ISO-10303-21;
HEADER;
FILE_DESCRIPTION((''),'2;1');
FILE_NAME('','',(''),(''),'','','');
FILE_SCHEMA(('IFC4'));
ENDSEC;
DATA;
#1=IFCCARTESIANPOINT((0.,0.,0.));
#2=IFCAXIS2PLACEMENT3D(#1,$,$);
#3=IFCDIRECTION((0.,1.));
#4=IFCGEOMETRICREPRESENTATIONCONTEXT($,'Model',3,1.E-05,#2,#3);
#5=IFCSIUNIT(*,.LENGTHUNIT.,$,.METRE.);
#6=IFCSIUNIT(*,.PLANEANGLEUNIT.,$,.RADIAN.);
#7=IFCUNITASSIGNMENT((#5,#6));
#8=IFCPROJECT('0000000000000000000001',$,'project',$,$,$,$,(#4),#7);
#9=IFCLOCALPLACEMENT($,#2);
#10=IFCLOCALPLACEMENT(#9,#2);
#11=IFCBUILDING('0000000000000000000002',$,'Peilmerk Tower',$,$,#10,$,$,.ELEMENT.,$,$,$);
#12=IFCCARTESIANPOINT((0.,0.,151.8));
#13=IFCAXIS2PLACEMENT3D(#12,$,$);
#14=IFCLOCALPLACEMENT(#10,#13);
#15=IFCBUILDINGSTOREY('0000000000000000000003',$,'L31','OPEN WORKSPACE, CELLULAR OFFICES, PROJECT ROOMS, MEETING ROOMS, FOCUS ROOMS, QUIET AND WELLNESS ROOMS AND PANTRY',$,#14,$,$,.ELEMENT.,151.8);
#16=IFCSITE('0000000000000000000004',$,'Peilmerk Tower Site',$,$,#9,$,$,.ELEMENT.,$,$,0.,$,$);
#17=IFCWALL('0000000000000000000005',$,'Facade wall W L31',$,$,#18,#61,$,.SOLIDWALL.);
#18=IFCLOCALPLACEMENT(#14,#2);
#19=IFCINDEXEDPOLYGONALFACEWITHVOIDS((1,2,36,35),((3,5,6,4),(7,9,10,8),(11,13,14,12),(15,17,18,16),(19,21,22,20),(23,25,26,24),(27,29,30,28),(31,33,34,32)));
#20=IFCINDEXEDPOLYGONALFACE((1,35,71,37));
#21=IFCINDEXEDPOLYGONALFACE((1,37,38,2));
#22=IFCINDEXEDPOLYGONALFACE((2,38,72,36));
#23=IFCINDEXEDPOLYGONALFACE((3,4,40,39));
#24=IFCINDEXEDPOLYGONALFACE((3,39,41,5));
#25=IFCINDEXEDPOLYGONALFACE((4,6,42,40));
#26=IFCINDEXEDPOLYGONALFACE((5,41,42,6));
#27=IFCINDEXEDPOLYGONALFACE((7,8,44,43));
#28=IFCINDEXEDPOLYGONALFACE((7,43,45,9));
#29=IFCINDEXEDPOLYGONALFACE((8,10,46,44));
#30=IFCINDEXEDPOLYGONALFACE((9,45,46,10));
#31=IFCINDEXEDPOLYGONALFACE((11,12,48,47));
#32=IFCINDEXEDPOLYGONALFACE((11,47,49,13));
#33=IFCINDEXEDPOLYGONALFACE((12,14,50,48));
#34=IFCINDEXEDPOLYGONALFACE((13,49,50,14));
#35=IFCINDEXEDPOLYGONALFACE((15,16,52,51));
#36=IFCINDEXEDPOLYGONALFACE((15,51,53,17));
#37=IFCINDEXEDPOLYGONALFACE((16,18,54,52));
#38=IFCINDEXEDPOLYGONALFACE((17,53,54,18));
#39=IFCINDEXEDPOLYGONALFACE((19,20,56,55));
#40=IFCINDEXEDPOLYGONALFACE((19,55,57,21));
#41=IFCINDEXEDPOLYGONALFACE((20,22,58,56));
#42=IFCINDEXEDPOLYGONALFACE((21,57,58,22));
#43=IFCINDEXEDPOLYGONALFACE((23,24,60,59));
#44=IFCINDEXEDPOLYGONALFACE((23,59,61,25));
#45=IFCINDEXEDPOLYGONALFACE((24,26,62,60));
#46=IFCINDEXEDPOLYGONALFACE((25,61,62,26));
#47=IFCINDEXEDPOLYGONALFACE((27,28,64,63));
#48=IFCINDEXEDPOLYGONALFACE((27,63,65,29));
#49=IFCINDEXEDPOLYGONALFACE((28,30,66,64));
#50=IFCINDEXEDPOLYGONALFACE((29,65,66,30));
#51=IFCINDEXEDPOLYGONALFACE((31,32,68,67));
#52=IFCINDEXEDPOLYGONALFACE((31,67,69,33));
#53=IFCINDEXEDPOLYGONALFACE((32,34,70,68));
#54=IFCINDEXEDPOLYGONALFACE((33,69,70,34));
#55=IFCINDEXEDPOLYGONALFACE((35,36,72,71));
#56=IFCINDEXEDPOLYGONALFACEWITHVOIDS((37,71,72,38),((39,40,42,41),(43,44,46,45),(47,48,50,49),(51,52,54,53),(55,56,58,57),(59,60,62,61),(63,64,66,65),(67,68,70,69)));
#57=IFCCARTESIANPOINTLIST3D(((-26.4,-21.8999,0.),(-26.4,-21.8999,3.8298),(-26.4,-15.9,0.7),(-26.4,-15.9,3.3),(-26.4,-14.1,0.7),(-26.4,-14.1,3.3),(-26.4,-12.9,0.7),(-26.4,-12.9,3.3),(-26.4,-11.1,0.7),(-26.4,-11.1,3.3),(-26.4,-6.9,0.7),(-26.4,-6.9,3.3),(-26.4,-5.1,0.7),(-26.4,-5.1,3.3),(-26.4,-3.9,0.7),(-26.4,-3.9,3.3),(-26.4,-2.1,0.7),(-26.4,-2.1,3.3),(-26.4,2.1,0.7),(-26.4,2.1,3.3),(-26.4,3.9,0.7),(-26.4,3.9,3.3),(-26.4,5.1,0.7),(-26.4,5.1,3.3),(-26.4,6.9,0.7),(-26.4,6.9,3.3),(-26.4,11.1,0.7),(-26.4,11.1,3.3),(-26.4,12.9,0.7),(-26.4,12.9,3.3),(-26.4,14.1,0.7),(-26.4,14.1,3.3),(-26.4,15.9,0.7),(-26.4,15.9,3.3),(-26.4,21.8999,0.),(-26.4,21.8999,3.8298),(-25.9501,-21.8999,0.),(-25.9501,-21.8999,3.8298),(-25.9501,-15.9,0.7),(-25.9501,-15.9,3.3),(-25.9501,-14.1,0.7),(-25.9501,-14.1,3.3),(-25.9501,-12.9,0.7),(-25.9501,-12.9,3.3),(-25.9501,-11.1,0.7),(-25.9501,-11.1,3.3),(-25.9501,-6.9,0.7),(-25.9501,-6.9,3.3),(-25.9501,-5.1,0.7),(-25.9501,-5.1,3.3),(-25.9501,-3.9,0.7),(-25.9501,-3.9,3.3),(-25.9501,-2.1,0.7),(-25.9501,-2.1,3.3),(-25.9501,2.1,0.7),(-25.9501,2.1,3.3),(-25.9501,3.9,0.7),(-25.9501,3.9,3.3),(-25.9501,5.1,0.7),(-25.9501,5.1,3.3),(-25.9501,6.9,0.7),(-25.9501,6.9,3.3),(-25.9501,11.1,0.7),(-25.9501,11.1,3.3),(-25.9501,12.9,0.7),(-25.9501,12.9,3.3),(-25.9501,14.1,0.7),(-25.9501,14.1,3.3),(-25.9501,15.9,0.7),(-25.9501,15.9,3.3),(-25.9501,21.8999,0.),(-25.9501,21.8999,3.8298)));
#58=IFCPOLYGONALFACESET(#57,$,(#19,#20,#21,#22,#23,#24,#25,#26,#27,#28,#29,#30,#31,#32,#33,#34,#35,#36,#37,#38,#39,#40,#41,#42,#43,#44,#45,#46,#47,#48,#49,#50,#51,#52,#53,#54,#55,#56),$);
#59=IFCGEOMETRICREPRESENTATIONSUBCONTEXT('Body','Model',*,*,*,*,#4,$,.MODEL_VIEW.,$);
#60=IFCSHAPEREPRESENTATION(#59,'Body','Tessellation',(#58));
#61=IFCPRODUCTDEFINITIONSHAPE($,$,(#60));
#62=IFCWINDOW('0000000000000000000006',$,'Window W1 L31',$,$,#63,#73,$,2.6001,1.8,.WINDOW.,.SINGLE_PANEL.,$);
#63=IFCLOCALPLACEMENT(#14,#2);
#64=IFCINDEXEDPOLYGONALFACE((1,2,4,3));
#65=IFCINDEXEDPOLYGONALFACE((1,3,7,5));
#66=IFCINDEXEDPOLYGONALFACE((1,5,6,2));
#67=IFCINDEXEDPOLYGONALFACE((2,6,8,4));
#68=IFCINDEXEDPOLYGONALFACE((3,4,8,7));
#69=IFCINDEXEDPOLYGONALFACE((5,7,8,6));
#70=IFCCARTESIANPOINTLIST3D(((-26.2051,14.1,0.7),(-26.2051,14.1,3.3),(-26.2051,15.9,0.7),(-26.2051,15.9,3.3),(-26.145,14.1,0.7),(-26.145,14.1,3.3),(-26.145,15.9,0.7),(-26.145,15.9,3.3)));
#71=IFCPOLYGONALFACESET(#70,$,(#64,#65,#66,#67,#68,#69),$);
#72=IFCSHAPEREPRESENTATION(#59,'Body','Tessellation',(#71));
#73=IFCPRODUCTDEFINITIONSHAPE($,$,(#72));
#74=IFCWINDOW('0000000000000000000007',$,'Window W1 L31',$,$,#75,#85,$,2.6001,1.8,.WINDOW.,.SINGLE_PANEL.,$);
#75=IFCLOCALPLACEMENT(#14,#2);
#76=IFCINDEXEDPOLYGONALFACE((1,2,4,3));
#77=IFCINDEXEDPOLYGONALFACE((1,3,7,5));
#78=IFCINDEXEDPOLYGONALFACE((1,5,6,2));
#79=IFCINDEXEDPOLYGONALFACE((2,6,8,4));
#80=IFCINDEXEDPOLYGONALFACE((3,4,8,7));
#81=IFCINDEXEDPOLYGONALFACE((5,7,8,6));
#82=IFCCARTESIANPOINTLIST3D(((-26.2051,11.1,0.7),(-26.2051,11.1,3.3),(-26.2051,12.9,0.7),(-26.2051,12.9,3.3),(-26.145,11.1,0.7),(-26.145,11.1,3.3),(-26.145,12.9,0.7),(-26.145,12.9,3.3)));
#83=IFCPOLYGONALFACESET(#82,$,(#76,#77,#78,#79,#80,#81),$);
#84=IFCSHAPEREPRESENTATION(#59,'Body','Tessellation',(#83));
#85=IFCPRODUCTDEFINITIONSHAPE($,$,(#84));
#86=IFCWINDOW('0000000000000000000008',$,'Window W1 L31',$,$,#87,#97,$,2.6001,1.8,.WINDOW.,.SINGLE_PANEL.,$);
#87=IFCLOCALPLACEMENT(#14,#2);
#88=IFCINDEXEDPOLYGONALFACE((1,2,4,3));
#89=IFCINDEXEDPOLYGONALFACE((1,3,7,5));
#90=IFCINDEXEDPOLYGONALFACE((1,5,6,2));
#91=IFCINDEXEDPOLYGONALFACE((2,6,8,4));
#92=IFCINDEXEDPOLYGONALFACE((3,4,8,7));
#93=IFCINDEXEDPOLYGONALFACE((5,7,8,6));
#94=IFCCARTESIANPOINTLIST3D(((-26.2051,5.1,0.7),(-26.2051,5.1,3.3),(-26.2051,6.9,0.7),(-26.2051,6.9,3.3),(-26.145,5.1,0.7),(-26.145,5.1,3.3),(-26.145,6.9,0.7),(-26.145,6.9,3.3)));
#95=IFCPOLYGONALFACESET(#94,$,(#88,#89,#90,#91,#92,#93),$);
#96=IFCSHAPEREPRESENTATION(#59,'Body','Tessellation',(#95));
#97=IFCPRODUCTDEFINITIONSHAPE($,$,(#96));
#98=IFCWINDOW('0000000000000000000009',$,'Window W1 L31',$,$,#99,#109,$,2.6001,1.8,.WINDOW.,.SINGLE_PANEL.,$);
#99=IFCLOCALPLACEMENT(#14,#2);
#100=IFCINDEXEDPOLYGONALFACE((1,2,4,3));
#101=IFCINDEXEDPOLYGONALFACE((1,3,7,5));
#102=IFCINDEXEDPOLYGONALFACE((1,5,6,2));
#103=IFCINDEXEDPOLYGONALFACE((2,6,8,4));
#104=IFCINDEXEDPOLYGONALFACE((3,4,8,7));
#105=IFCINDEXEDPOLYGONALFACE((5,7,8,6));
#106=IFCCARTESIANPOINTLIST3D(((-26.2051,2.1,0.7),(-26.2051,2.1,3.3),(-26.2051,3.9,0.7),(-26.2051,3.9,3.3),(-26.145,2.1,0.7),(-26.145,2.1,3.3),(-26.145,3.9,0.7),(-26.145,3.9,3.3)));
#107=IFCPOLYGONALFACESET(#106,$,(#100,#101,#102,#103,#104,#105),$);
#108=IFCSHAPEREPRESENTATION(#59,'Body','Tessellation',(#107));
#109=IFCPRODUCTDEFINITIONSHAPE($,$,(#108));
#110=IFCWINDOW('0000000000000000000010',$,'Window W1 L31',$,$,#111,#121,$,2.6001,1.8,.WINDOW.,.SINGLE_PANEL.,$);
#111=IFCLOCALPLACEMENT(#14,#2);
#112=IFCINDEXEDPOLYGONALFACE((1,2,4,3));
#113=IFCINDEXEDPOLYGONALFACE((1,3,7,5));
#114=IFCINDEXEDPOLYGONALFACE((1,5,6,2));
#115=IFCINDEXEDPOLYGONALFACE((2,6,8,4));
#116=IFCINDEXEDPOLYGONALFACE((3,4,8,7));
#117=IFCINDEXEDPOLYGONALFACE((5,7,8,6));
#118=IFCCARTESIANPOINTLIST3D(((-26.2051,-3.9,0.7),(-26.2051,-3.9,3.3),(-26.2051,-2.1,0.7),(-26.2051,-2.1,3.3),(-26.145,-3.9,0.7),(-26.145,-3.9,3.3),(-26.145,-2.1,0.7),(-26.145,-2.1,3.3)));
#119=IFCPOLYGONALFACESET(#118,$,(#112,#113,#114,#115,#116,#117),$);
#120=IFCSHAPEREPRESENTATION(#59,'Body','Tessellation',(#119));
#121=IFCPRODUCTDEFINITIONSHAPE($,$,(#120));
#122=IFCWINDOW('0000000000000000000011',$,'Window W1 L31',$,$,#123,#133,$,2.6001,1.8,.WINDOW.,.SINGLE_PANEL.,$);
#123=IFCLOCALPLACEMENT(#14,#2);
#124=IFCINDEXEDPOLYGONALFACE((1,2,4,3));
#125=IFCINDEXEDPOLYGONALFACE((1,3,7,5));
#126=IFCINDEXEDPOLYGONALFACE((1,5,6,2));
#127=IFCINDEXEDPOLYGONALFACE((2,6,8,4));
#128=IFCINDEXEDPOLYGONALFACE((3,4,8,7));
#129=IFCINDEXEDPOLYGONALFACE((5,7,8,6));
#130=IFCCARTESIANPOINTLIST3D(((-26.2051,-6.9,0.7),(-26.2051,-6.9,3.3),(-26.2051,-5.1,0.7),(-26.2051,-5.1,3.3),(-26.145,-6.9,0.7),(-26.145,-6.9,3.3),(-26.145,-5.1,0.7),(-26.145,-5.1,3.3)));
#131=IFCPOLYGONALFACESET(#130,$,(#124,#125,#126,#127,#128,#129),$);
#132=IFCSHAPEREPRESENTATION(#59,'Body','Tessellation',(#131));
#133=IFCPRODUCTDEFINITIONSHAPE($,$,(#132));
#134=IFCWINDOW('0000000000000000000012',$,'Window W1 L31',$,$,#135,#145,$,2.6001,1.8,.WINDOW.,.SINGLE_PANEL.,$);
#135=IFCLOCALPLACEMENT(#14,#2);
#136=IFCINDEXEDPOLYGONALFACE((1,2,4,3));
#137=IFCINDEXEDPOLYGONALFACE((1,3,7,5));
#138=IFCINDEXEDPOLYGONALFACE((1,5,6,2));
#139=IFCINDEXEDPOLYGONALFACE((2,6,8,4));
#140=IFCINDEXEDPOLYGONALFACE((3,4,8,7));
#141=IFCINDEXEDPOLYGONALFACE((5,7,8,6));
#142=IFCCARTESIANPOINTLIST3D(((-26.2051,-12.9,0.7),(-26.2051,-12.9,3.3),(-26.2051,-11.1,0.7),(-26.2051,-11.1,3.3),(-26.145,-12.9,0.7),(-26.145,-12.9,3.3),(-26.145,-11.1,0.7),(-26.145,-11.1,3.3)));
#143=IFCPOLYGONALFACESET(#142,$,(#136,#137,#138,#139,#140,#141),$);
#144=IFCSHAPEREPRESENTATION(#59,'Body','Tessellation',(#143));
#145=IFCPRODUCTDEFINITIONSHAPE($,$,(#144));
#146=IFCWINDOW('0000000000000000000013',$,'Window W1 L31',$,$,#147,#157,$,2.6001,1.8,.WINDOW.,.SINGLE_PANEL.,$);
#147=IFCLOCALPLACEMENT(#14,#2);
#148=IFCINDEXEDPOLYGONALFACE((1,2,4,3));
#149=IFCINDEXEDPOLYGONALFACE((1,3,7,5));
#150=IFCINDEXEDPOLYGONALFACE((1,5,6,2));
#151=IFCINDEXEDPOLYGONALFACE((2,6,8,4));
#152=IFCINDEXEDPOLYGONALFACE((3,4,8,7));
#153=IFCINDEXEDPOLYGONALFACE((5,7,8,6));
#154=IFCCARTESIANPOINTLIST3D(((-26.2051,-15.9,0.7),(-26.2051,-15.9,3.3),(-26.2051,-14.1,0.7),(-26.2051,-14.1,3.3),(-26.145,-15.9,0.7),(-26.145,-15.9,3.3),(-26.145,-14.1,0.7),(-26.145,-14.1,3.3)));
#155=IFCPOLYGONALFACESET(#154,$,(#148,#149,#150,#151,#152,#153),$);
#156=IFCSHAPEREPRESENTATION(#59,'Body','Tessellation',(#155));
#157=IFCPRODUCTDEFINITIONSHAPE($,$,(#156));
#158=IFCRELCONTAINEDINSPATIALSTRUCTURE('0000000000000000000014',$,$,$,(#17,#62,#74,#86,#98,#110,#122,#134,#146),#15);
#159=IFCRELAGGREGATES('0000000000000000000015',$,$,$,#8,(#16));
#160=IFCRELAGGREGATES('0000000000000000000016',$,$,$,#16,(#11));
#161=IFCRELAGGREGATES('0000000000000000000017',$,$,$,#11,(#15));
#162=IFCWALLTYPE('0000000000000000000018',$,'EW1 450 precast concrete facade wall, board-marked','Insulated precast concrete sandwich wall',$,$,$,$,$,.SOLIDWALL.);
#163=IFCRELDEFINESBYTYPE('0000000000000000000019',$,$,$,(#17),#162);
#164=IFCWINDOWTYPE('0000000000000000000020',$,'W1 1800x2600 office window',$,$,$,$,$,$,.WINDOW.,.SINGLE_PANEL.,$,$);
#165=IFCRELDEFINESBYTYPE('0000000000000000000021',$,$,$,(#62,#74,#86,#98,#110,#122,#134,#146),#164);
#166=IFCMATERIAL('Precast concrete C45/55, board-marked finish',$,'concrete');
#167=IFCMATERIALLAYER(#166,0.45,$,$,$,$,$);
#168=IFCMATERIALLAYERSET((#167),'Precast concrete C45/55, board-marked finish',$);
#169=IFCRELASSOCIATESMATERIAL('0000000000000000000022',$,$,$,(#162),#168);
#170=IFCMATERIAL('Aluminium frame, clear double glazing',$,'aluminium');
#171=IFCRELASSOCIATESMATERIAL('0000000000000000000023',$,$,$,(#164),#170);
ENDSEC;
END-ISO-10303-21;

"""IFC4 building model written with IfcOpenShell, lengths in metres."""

from ifc_helpers import new_model, si_unit, direction, frame, frame_2d, origin, place, context, subcontext, project, spatial, rectangle, extrude, material, layer, layer_set, type_object, element, fill, save


model = new_model("IFC4")

# Units and contexts
model_context = context("Model", 3, precision=1e-05, world=origin(), true_north=direction((0.0, 1.0)))
body_context = subcontext(model_context, "Body", "Model", "MODEL_VIEW")
ifc_project = project(units=[si_unit("LENGTHUNIT", "METRE"), si_unit("PLANEANGLEUNIT", "RADIAN")], contexts=[model_context])

# Site, building, storey
site_placement = place(None, origin())
site = spatial("IfcSite", under=ifc_project, at=site_placement, Name="Peilmerk Tower Site", CompositionType="ELEMENT", RefElevation=0.0)
building_placement = place(site_placement, origin())
building = spatial("IfcBuilding", under=site, at=building_placement, Name="Peilmerk Tower", CompositionType="ELEMENT")
storey_placement = place(building_placement, frame((0.0, 0.0, 151.8)))
storey = spatial("IfcBuildingStorey", under=building, at=storey_placement, Name="L31", Description="OPEN WORKSPACE, CELLULAR OFFICES, PROJECT ROOMS, MEETING ROOMS, FOCUS ROOMS, QUIET AND WELLNESS ROOMS AND PANTRY", CompositionType="ELEMENT", Elevation=151.8)

# Wall, openings, windows
ifc_material_1 = material(Name="Precast concrete C45/55, board-marked finish", Category="concrete")
ifc_layer_1 = layer(ifc_material_1, 0.45)
ifc_layer_set_1 = layer_set([ifc_layer_1], Name="Precast concrete C45/55, board-marked finish")
wall_type = type_object("IfcWallType", Name="EW1 450 precast concrete facade wall, board-marked", Description="Insulated precast concrete sandwich wall", PredefinedType="SOLIDWALL", material=ifc_layer_set_1)
wall_1_placement = place(storey_placement, frame((-26.175, 21.8999, 0.0), z_axis=(0.0, 0.0, 1.0), x_axis=(0.0, -1.0, 0.0)))
wall_1 = element("IfcWall", 1, at=wall_1_placement, inside=storey, type_object=wall_type, Name="Facade wall W L31", PredefinedType="SOLIDWALL", context=body_context, shape_type="SweptSolid", body=[
    extrude(rectangle(XDim=43.7998, YDim=0.45, at=frame_2d((21.8999, 0.0))), origin(), (0.0, 0.0, 1.0), 3.8298),
])
opening_1_placement = place(wall_1_placement, frame((6.0, 0.0, 0.7)))
opening_1 = element("IfcOpeningElement", 2, at=opening_1_placement, cuts=wall_1, PredefinedType="OPENING", context=body_context, shape_type="SweptSolid", body=[
    extrude(rectangle(XDim=1.8, YDim=2.6001, at=frame_2d((0.8999, 1.3))), frame((0.0, 0.2349, 0.0), z_axis=(0.0, -1.0, 0.0), x_axis=(1.0, 0.0, 0.0)), (0.0, 0.0, 1.0), 0.47),
])
opening_2_placement = place(wall_1_placement, frame((9.0, 0.0, 0.7)))
opening_2 = element("IfcOpeningElement", 3, at=opening_2_placement, cuts=wall_1, PredefinedType="OPENING", context=body_context, shape_type="SweptSolid", body=[
    extrude(rectangle(XDim=1.8, YDim=2.6001, at=frame_2d((0.8999, 1.3))), frame((0.0, 0.2349, 0.0), z_axis=(0.0, -1.0, 0.0), x_axis=(1.0, 0.0, 0.0)), (0.0, 0.0, 1.0), 0.47),
])
opening_3_placement = place(wall_1_placement, frame((15.0, 0.0, 0.7)))
opening_3 = element("IfcOpeningElement", 4, at=opening_3_placement, cuts=wall_1, PredefinedType="OPENING", context=body_context, shape_type="SweptSolid", body=[
    extrude(rectangle(XDim=1.8, YDim=2.6001, at=frame_2d((0.8999, 1.3))), frame((0.0, 0.2349, 0.0), z_axis=(0.0, -1.0, 0.0), x_axis=(1.0, 0.0, 0.0)), (0.0, 0.0, 1.0), 0.47),
])
opening_4_placement = place(wall_1_placement, frame((18.0, 0.0, 0.7)))
opening_4 = element("IfcOpeningElement", 5, at=opening_4_placement, cuts=wall_1, PredefinedType="OPENING", context=body_context, shape_type="SweptSolid", body=[
    extrude(rectangle(XDim=1.8, YDim=2.6001, at=frame_2d((0.8999, 1.3))), frame((0.0, 0.2349, 0.0), z_axis=(0.0, -1.0, 0.0), x_axis=(1.0, 0.0, 0.0)), (0.0, 0.0, 1.0), 0.47),
])
opening_5_placement = place(wall_1_placement, frame((24.0, 0.0, 0.7)))
opening_5 = element("IfcOpeningElement", 6, at=opening_5_placement, cuts=wall_1, PredefinedType="OPENING", context=body_context, shape_type="SweptSolid", body=[
    extrude(rectangle(XDim=1.8, YDim=2.6001, at=frame_2d((0.8999, 1.3))), frame((0.0, 0.2349, 0.0), z_axis=(0.0, -1.0, 0.0), x_axis=(1.0, 0.0, 0.0)), (0.0, 0.0, 1.0), 0.47),
])
opening_6_placement = place(wall_1_placement, frame((27.0, 0.0, 0.7)))
opening_6 = element("IfcOpeningElement", 7, at=opening_6_placement, cuts=wall_1, PredefinedType="OPENING", context=body_context, shape_type="SweptSolid", body=[
    extrude(rectangle(XDim=1.8, YDim=2.6001, at=frame_2d((0.8999, 1.3))), frame((0.0, 0.2349, 0.0), z_axis=(0.0, -1.0, 0.0), x_axis=(1.0, 0.0, 0.0)), (0.0, 0.0, 1.0), 0.47),
])
opening_7_placement = place(wall_1_placement, frame((33.0, 0.0, 0.7)))
opening_7 = element("IfcOpeningElement", 8, at=opening_7_placement, cuts=wall_1, PredefinedType="OPENING", context=body_context, shape_type="SweptSolid", body=[
    extrude(rectangle(XDim=1.8, YDim=2.6001, at=frame_2d((0.8999, 1.3))), frame((0.0, 0.2349, 0.0), z_axis=(0.0, -1.0, 0.0), x_axis=(1.0, 0.0, 0.0)), (0.0, 0.0, 1.0), 0.47),
])
opening_8_placement = place(wall_1_placement, frame((36.0, 0.0, 0.7)))
opening_8 = element("IfcOpeningElement", 9, at=opening_8_placement, cuts=wall_1, PredefinedType="OPENING", context=body_context, shape_type="SweptSolid", body=[
    extrude(rectangle(XDim=1.8, YDim=2.6001, at=frame_2d((0.8999, 1.3))), frame((0.0, 0.2349, 0.0), z_axis=(0.0, -1.0, 0.0), x_axis=(1.0, 0.0, 0.0)), (0.0, 0.0, 1.0), 0.47),
])
ifc_material_2 = material(Name="Aluminium frame, clear double glazing", Category="aluminium")
window_type = type_object("IfcWindowType", Name="W1 1800x2600 office window", PartitioningType="SINGLE_PANEL", PredefinedType="WINDOW", material=ifc_material_2)
window_1_placement = place(opening_1_placement, origin())
window_1 = element("IfcWindow", 10, at=window_1_placement, inside=storey, type_object=window_type, Name="Window W1 L31", OverallHeight=2.6001, OverallWidth=1.8, PartitioningType="SINGLE_PANEL", PredefinedType="WINDOW", context=body_context, shape_type="SweptSolid", body=[
    extrude(rectangle(XDim=1.8, YDim=2.6001, at=frame_2d((0.8999, 1.3))), frame((0.0, 0.03, 0.0), z_axis=(0.0, -1.0, 0.0), x_axis=(1.0, 0.0, 0.0)), (0.0, 0.0, 1.0), 0.0601),
])
fill(opening_1, window_1)
window_2_placement = place(opening_2_placement, origin())
window_2 = element("IfcWindow", 11, at=window_2_placement, inside=storey, type_object=window_type, Name="Window W1 L31", OverallHeight=2.6001, OverallWidth=1.8, PartitioningType="SINGLE_PANEL", PredefinedType="WINDOW", context=body_context, shape_type="SweptSolid", body=[
    extrude(rectangle(XDim=1.8, YDim=2.6001, at=frame_2d((0.8999, 1.3))), frame((0.0, 0.03, 0.0), z_axis=(0.0, -1.0, 0.0), x_axis=(1.0, 0.0, 0.0)), (0.0, 0.0, 1.0), 0.0601),
])
fill(opening_2, window_2)
window_3_placement = place(opening_3_placement, origin())
window_3 = element("IfcWindow", 12, at=window_3_placement, inside=storey, type_object=window_type, Name="Window W1 L31", OverallHeight=2.6001, OverallWidth=1.8, PartitioningType="SINGLE_PANEL", PredefinedType="WINDOW", context=body_context, shape_type="SweptSolid", body=[
    extrude(rectangle(XDim=1.8, YDim=2.6001, at=frame_2d((0.8999, 1.3))), frame((0.0, 0.03, 0.0), z_axis=(0.0, -1.0, 0.0), x_axis=(1.0, 0.0, 0.0)), (0.0, 0.0, 1.0), 0.0601),
])
fill(opening_3, window_3)
window_4_placement = place(opening_4_placement, origin())
window_4 = element("IfcWindow", 13, at=window_4_placement, inside=storey, type_object=window_type, Name="Window W1 L31", OverallHeight=2.6001, OverallWidth=1.8, PartitioningType="SINGLE_PANEL", PredefinedType="WINDOW", context=body_context, shape_type="SweptSolid", body=[
    extrude(rectangle(XDim=1.8, YDim=2.6001, at=frame_2d((0.8999, 1.3))), frame((0.0, 0.03, 0.0), z_axis=(0.0, -1.0, 0.0), x_axis=(1.0, 0.0, 0.0)), (0.0, 0.0, 1.0), 0.0601),
])
fill(opening_4, window_4)
window_5_placement = place(opening_5_placement, origin())
window_5 = element("IfcWindow", 14, at=window_5_placement, inside=storey, type_object=window_type, Name="Window W1 L31", OverallHeight=2.6001, OverallWidth=1.8, PartitioningType="SINGLE_PANEL", PredefinedType="WINDOW", context=body_context, shape_type="SweptSolid", body=[
    extrude(rectangle(XDim=1.8, YDim=2.6001, at=frame_2d((0.8999, 1.3))), frame((0.0, 0.03, 0.0), z_axis=(0.0, -1.0, 0.0), x_axis=(1.0, 0.0, 0.0)), (0.0, 0.0, 1.0), 0.0601),
])
fill(opening_5, window_5)
window_6_placement = place(opening_6_placement, origin())
window_6 = element("IfcWindow", 15, at=window_6_placement, inside=storey, type_object=window_type, Name="Window W1 L31", OverallHeight=2.6001, OverallWidth=1.8, PartitioningType="SINGLE_PANEL", PredefinedType="WINDOW", context=body_context, shape_type="SweptSolid", body=[
    extrude(rectangle(XDim=1.8, YDim=2.6001, at=frame_2d((0.8999, 1.3))), frame((0.0, 0.03, 0.0), z_axis=(0.0, -1.0, 0.0), x_axis=(1.0, 0.0, 0.0)), (0.0, 0.0, 1.0), 0.0601),
])
fill(opening_6, window_6)
window_7_placement = place(opening_7_placement, origin())
window_7 = element("IfcWindow", 16, at=window_7_placement, inside=storey, type_object=window_type, Name="Window W1 L31", OverallHeight=2.6001, OverallWidth=1.8, PartitioningType="SINGLE_PANEL", PredefinedType="WINDOW", context=body_context, shape_type="SweptSolid", body=[
    extrude(rectangle(XDim=1.8, YDim=2.6001, at=frame_2d((0.8999, 1.3))), frame((0.0, 0.03, 0.0), z_axis=(0.0, -1.0, 0.0), x_axis=(1.0, 0.0, 0.0)), (0.0, 0.0, 1.0), 0.0601),
])
fill(opening_7, window_7)
window_8_placement = place(opening_8_placement, origin())
window_8 = element("IfcWindow", 17, at=window_8_placement, inside=storey, type_object=window_type, Name="Window W1 L31", OverallHeight=2.6001, OverallWidth=1.8, PartitioningType="SINGLE_PANEL", PredefinedType="WINDOW", context=body_context, shape_type="SweptSolid", body=[
    extrude(rectangle(XDim=1.8, YDim=2.6001, at=frame_2d((0.8999, 1.3))), frame((0.0, 0.03, 0.0), z_axis=(0.0, -1.0, 0.0), x_axis=(1.0, 0.0, 0.0)), (0.0, 0.0, 1.0), 0.0601),
])
fill(opening_8, window_8)

save(model, "model.ifc")
